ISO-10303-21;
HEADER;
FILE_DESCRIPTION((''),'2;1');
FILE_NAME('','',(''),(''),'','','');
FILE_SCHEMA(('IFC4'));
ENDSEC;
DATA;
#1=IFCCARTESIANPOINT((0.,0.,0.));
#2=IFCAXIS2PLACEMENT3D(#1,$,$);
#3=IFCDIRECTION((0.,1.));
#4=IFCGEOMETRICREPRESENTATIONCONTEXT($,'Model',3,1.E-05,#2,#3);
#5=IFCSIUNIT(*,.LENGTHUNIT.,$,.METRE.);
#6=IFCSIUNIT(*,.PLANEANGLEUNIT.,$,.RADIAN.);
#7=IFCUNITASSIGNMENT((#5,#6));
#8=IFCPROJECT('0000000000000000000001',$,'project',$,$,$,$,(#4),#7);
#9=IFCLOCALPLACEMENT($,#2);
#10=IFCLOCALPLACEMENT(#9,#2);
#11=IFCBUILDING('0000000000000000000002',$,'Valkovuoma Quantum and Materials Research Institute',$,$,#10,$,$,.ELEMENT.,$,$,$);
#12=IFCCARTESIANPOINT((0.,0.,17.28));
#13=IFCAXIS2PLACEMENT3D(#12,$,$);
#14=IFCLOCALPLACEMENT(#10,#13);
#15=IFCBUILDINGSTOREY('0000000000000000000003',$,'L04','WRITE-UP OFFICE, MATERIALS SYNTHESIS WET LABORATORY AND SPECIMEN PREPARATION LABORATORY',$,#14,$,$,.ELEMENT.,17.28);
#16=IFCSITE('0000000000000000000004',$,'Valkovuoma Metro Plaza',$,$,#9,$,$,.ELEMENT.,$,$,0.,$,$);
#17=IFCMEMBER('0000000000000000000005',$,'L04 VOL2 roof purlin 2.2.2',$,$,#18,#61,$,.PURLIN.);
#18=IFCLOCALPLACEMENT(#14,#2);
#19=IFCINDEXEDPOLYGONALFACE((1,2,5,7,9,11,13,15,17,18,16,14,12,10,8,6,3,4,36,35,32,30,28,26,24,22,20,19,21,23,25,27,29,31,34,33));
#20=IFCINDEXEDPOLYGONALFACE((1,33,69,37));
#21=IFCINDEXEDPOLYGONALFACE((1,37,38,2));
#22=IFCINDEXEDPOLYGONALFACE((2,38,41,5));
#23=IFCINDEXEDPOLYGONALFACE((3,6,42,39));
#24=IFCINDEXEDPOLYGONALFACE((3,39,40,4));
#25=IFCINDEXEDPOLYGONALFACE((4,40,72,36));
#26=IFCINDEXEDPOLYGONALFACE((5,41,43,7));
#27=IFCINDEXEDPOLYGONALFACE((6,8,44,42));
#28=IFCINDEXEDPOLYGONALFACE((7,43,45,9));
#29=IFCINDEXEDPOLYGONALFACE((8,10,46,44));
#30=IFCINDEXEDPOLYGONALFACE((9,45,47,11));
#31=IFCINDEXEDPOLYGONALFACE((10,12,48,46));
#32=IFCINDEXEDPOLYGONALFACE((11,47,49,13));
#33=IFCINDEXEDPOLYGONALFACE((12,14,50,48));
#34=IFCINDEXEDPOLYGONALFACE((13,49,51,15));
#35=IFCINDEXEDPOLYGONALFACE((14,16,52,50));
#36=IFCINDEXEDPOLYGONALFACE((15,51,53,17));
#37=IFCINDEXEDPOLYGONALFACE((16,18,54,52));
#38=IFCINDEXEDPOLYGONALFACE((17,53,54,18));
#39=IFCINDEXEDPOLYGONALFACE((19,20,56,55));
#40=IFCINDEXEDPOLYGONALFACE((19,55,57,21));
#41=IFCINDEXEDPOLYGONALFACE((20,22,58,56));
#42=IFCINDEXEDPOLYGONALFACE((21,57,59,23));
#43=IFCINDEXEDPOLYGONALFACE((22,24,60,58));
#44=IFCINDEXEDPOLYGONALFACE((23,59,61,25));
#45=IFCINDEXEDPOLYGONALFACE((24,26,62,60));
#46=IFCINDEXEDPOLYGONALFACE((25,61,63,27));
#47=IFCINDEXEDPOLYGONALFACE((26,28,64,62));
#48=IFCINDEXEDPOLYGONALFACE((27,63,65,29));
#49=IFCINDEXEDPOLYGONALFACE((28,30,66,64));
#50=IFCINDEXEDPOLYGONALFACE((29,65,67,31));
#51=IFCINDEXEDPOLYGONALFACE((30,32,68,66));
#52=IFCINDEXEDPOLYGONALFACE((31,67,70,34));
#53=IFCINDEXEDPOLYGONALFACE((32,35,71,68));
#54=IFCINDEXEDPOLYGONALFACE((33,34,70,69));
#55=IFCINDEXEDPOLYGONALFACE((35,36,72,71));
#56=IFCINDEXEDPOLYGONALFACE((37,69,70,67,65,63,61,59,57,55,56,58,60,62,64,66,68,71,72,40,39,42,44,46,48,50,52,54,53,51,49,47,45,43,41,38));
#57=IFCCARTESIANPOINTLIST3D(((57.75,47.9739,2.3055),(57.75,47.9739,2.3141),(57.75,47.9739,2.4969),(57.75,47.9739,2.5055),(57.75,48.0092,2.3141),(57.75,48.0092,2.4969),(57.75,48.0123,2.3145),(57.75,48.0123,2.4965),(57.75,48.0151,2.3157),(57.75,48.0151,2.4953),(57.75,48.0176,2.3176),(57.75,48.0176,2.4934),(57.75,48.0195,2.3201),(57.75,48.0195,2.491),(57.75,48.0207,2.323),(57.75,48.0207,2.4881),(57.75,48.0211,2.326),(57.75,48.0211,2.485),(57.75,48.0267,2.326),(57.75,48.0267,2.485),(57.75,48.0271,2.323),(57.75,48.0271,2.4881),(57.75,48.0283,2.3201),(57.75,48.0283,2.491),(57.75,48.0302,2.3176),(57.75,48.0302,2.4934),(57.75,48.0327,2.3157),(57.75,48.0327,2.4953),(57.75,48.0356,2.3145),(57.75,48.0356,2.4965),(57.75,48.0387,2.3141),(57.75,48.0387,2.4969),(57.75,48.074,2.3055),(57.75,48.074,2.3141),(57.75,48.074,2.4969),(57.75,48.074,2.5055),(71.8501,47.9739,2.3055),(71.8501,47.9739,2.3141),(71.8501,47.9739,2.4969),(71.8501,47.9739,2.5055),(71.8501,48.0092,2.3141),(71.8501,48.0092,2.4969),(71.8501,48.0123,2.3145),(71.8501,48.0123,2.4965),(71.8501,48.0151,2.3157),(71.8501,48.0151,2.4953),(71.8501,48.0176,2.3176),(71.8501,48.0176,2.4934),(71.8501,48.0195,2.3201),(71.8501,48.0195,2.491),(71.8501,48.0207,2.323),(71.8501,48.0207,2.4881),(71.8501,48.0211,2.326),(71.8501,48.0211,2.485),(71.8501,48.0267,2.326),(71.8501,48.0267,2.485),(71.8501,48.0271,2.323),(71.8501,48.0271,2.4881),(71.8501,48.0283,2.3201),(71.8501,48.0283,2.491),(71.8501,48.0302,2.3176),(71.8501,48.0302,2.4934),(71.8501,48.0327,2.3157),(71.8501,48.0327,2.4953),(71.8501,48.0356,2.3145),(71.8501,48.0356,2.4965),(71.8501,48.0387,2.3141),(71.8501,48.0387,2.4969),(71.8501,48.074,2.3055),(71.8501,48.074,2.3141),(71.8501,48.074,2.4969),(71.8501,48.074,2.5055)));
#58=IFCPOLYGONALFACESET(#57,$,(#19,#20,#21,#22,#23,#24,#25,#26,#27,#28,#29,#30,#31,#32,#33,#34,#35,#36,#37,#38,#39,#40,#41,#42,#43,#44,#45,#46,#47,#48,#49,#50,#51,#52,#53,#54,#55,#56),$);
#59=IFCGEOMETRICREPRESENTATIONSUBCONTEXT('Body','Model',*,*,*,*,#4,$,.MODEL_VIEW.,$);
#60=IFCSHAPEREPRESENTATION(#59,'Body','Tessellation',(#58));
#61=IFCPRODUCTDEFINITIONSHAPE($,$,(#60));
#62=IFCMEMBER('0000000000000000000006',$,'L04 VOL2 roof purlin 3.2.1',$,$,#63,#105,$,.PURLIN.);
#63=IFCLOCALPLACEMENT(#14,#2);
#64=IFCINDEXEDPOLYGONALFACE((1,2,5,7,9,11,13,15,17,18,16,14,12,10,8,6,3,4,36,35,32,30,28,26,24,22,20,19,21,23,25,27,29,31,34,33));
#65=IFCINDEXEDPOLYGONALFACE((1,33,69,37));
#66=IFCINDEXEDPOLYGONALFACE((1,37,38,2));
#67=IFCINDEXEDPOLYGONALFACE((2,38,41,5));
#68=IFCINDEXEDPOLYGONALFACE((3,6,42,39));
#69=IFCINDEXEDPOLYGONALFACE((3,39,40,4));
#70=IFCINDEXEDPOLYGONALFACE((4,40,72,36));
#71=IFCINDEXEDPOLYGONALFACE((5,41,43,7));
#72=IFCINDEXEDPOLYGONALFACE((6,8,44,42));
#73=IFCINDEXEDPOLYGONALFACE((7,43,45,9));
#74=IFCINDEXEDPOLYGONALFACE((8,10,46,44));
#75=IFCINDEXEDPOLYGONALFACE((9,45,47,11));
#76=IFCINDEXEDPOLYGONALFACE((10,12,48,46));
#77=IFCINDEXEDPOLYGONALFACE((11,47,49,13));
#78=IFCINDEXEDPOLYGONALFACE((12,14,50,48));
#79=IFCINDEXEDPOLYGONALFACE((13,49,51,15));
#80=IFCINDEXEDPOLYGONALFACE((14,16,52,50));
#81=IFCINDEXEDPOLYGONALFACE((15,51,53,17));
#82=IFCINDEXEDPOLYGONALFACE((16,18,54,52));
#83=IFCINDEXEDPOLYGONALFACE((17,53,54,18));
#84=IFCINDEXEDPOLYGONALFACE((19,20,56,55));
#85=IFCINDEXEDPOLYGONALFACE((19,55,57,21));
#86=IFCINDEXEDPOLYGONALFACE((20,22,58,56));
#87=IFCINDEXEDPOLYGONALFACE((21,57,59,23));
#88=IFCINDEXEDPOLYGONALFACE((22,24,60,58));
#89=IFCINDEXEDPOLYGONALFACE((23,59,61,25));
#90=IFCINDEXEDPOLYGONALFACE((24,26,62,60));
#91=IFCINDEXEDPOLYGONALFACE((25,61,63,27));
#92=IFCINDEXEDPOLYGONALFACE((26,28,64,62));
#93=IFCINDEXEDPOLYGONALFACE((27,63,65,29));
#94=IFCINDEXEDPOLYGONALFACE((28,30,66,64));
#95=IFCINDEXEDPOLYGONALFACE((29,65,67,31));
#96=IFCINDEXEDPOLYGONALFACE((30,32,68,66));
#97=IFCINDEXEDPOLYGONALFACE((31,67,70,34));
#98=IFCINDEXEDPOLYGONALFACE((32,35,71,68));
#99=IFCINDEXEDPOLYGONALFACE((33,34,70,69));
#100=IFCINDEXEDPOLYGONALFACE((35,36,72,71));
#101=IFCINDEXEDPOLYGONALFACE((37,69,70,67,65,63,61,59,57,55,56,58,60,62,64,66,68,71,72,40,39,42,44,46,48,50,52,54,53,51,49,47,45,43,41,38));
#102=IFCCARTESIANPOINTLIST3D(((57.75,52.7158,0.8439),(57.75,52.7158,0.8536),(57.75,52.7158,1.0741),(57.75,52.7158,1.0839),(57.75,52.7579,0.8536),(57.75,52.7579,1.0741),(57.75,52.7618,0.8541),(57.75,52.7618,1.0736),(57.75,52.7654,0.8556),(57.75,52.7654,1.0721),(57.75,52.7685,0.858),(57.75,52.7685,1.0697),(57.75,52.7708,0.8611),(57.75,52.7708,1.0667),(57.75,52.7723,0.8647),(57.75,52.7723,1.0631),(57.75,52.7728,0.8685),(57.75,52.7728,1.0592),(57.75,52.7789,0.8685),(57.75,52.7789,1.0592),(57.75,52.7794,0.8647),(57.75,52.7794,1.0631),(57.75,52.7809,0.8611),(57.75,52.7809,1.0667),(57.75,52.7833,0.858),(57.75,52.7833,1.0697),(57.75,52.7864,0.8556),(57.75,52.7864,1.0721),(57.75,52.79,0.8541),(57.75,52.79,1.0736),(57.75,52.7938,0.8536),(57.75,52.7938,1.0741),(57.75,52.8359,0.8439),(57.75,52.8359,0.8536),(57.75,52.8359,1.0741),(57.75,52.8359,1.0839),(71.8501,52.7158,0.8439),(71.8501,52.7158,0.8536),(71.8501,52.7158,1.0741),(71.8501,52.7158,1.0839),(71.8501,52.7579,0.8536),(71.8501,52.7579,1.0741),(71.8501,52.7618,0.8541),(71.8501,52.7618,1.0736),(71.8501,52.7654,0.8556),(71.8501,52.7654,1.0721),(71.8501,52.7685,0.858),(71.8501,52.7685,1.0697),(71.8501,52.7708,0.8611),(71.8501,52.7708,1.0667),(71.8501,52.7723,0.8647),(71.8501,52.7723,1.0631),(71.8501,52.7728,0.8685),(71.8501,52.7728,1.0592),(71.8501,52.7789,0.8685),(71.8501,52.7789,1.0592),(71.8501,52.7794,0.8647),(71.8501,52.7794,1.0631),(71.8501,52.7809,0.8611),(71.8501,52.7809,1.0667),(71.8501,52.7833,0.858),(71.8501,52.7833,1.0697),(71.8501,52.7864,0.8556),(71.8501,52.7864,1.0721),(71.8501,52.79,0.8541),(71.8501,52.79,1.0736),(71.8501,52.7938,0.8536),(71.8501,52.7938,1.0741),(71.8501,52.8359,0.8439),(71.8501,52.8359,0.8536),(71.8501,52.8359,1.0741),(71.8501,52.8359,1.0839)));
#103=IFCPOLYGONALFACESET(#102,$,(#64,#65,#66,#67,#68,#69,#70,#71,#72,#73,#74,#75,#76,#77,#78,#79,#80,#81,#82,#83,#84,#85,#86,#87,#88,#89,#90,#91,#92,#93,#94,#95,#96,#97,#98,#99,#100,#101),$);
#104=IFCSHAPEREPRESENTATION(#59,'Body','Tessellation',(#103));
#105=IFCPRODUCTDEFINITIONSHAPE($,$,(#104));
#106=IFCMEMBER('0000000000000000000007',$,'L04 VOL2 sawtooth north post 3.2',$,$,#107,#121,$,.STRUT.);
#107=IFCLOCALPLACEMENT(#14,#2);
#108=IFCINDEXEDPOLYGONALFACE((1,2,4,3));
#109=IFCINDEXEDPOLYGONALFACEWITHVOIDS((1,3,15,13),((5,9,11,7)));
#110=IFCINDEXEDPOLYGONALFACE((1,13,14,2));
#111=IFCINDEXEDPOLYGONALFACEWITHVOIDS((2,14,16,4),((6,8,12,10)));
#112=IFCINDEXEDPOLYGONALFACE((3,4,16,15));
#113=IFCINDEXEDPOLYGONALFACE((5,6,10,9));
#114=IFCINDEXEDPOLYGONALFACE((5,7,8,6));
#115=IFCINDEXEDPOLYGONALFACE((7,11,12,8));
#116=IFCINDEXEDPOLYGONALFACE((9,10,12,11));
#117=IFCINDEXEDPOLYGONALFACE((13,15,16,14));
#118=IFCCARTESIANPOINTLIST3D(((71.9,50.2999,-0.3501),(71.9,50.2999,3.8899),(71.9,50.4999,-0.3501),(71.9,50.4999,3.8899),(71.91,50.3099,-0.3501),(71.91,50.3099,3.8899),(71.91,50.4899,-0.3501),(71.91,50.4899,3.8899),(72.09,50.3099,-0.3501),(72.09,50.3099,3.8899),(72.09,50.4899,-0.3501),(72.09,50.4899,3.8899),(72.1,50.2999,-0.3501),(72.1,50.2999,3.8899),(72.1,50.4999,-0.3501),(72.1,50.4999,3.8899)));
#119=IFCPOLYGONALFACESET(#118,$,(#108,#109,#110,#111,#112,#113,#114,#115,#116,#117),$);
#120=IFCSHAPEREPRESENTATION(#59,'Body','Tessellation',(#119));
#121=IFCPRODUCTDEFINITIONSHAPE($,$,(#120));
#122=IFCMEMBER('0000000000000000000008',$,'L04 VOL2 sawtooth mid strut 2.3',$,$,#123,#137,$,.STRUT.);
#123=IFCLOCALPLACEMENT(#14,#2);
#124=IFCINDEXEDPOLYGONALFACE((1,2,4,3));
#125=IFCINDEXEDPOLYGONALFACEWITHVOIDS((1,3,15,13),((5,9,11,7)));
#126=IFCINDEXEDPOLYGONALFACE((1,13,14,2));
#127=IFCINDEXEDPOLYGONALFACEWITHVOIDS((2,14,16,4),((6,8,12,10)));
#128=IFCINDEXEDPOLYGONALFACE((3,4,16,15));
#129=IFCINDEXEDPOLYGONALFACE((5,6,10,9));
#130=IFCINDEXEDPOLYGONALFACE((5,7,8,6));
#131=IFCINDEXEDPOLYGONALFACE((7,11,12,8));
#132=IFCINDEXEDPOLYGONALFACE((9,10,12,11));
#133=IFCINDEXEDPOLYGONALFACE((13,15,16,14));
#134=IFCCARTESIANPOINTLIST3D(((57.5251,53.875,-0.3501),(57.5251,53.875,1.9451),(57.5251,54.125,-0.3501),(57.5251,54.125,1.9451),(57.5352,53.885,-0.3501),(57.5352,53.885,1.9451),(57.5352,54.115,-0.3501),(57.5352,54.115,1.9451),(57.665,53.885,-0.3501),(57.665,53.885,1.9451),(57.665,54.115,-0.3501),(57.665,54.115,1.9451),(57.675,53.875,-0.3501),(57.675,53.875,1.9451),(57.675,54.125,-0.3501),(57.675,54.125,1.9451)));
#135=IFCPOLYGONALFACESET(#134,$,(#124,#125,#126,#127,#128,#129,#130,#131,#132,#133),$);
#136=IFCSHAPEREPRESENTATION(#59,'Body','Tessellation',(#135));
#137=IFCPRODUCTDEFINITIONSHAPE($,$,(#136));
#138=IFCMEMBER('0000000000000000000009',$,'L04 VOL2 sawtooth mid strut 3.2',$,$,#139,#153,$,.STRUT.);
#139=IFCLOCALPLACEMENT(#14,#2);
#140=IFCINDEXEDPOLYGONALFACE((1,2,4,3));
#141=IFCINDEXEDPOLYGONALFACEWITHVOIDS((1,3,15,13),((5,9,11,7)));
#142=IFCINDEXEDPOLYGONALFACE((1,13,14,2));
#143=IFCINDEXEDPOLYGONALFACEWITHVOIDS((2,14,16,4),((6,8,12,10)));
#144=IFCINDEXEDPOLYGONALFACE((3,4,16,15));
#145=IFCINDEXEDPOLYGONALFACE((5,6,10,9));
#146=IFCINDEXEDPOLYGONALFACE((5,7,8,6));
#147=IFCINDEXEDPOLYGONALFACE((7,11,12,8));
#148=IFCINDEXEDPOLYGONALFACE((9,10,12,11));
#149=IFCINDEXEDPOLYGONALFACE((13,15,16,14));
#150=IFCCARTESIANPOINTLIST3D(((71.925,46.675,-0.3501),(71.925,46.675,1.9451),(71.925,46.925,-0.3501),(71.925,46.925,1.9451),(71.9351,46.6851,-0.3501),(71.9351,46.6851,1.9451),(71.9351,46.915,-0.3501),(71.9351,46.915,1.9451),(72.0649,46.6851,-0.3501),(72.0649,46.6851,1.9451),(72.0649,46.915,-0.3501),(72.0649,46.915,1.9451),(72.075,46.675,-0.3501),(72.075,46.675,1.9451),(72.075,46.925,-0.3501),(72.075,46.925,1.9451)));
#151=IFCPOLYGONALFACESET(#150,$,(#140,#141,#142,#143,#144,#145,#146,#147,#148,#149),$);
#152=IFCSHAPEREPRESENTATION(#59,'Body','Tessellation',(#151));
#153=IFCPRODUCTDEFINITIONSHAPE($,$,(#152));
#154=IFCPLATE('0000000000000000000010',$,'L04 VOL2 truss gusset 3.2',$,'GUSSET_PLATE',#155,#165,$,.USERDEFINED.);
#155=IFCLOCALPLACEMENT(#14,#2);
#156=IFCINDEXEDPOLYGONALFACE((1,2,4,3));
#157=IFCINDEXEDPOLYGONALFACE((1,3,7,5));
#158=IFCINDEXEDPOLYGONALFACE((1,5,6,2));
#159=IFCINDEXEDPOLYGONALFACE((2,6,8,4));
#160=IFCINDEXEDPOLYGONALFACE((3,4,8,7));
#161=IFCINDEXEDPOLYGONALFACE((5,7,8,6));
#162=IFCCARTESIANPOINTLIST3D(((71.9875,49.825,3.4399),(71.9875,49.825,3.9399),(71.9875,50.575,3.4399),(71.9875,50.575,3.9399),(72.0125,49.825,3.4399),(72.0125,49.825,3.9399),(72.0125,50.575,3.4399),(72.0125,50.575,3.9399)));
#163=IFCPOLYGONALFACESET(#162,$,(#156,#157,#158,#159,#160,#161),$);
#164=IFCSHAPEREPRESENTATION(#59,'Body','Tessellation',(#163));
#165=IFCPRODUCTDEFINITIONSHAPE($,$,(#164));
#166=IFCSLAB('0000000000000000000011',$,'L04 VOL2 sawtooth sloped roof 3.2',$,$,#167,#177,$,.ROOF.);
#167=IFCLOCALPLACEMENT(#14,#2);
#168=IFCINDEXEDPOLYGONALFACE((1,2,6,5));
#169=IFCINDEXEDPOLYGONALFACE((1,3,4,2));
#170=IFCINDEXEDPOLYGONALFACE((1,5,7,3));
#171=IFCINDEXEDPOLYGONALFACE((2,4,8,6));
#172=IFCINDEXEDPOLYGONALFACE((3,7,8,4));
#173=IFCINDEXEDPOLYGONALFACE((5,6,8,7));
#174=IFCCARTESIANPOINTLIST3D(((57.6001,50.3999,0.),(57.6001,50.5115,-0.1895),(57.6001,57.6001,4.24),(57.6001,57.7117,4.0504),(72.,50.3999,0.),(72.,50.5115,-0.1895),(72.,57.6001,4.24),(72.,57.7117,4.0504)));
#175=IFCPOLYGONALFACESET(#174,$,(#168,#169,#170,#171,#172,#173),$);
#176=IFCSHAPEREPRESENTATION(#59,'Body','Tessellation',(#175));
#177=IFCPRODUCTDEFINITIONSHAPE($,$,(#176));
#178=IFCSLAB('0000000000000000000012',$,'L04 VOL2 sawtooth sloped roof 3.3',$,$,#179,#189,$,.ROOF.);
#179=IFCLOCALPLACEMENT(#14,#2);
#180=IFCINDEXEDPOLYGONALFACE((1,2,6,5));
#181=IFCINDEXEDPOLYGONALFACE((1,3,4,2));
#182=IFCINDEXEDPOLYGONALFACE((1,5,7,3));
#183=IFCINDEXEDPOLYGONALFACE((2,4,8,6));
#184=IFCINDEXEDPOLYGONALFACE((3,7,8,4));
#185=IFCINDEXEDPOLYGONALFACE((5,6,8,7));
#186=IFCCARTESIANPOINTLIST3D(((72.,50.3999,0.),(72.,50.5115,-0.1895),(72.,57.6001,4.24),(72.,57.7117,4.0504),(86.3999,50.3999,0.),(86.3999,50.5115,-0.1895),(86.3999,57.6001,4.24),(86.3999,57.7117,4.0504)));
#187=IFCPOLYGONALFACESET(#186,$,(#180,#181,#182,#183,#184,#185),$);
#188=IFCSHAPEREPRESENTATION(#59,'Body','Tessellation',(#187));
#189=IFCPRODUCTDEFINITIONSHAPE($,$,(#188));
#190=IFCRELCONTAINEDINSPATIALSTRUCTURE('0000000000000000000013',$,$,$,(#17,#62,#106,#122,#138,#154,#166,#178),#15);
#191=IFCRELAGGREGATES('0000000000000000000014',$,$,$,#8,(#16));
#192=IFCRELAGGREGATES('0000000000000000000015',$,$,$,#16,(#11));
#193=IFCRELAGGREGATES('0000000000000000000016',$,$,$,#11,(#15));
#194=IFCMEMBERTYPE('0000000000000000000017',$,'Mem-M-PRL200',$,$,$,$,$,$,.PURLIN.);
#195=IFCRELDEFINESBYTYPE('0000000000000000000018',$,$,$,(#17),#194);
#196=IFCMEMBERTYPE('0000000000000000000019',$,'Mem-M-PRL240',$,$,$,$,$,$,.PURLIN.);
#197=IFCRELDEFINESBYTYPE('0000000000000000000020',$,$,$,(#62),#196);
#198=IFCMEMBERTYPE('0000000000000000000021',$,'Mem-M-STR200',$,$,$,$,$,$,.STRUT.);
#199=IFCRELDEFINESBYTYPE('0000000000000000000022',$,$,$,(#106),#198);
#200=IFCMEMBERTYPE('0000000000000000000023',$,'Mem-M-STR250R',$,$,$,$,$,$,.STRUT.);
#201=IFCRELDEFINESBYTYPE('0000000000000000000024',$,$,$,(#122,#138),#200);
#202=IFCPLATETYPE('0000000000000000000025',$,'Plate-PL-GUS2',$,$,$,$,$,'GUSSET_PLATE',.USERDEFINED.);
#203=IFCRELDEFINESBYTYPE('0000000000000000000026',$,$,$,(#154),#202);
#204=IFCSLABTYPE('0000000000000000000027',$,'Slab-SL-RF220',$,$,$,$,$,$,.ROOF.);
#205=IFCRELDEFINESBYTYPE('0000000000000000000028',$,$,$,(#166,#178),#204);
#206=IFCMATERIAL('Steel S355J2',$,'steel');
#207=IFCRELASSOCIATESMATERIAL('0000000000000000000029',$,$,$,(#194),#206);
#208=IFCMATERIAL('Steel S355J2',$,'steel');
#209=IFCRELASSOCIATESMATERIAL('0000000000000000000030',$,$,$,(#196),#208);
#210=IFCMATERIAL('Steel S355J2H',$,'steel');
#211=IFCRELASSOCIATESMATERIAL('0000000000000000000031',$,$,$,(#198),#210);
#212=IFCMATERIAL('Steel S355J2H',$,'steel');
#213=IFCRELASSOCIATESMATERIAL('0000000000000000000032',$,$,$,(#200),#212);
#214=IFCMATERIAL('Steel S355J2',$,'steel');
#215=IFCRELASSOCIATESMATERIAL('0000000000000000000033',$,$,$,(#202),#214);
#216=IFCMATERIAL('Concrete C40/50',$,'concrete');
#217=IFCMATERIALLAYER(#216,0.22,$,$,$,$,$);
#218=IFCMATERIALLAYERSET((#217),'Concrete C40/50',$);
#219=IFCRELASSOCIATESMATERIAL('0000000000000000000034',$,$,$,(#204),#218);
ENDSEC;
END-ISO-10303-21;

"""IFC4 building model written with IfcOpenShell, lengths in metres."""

from ifc_helpers import new_model, si_unit, direction, frame, origin, origin_2d, place, context, subcontext, project, spatial, polyline, rectangle, hollow_rectangle, i_section, outline, extrude, material, layer, layer_set, material_profile, profile_set, type_object, element, save


model = new_model("IFC4")

# Units and contexts
model_context = context("Model", 3, precision=1e-05, world=origin(), true_north=direction((0.0, 1.0)))
body_context = subcontext(model_context, "Body", "Model", "MODEL_VIEW")
ifc_project = project(units=[si_unit("LENGTHUNIT", "METRE"), si_unit("PLANEANGLEUNIT", "RADIAN")], contexts=[model_context])

# Site, building, storey
site_placement = place(None, origin())
site = spatial("IfcSite", under=ifc_project, at=site_placement, Name="Valkovuoma Metro Plaza", CompositionType="ELEMENT", RefElevation=0.0)
building_placement = place(site_placement, origin())
building = spatial("IfcBuilding", under=site, at=building_placement, Name="Valkovuoma Quantum and Materials Research Institute", CompositionType="ELEMENT")
storey_placement = place(building_placement, frame((0.0, 0.0, 17.28)))
storey = spatial("IfcBuildingStorey", under=building, at=storey_placement, Name="L04", Description="WRITE-UP OFFICE, MATERIALS SYNTHESIS WET LABORATORY AND SPECIMEN PREPARATION LABORATORY", CompositionType="ELEMENT", Elevation=17.28)

# Members
ifc_material_1 = material(Name="Steel S355J2", Category="steel")
ifc_material_profile_1 = material_profile(ifc_material_1, i_section(OverallWidth=0.1001, OverallDepth=0.2, WebThickness=0.0056, FlangeThickness=0.0085, FilletRadius=0.012, at=origin_2d()), Name="Steel S355J2")
ifc_profile_set_1 = profile_set([ifc_material_profile_1], Name="Steel S355J2")
member_type_1 = type_object("IfcMemberType", Name="Mem-M-PRL200", PredefinedType="PURLIN", material=ifc_profile_set_1)
member_1_placement = place(storey_placement, frame((57.75, 48.0239, 2.4055), z_axis=(1.0, 0.0, 0.0), x_axis=(0.0, 1.0, 0.0)))
element("IfcMember", 1, at=member_1_placement, inside=storey, type_object=member_type_1, Name="L04 VOL2 roof purlin 2.2.2", PredefinedType="PURLIN", context=body_context, shape_type="SweptSolid", body=[
    extrude(i_section(OverallWidth=0.1001, OverallDepth=0.2, WebThickness=0.0056, FlangeThickness=0.0085, FilletRadius=0.012, at=origin_2d()), origin(), (0.0, 0.0, 1.0), 14.1001),
])
ifc_material_2 = material(Name="Steel S355J2", Category="steel")
ifc_material_profile_2 = material_profile(ifc_material_2, i_section(OverallWidth=0.1201, OverallDepth=0.24, WebThickness=0.0061, FlangeThickness=0.0098, FilletRadius=0.0149, at=origin_2d()), Name="Steel S355J2")
ifc_profile_set_2 = profile_set([ifc_material_profile_2], Name="Steel S355J2")
member_type_2 = type_object("IfcMemberType", Name="Mem-M-PRL240", PredefinedType="PURLIN", material=ifc_profile_set_2)
member_2_placement = place(storey_placement, frame((57.75, 52.7759, 0.9639), z_axis=(1.0, 0.0, 0.0), x_axis=(0.0, 1.0, 0.0)))
element("IfcMember", 2, at=member_2_placement, inside=storey, type_object=member_type_2, Name="L04 VOL2 roof purlin 3.2.1", PredefinedType="PURLIN", context=body_context, shape_type="SweptSolid", body=[
    extrude(i_section(OverallWidth=0.1201, OverallDepth=0.24, WebThickness=0.0061, FlangeThickness=0.0098, FilletRadius=0.0149, at=origin_2d()), origin(), (0.0, 0.0, 1.0), 14.1001),
])
ifc_material_3 = material(Name="Steel S355J2H", Category="steel")
ifc_material_profile_3 = material_profile(ifc_material_3, hollow_rectangle(XDim=0.2, YDim=0.2, WallThickness=0.01, at=origin_2d()), Name="Steel S355J2H")
ifc_profile_set_3 = profile_set([ifc_material_profile_3], Name="Steel S355J2H")
member_type_3 = type_object("IfcMemberType", Name="Mem-M-STR200", PredefinedType="STRUT", material=ifc_profile_set_3)
member_3_placement = place(storey_placement, frame((72.0, 50.3999, -0.3501), z_axis=(0.0, 0.0, 1.0), x_axis=(1.0, 0.0, 0.0)))
element("IfcMember", 3, at=member_3_placement, inside=storey, type_object=member_type_3, Name="L04 VOL2 sawtooth north post 3.2", PredefinedType="STRUT", context=body_context, shape_type="SweptSolid", body=[
    extrude(hollow_rectangle(XDim=0.2, YDim=0.2, WallThickness=0.01, at=origin_2d()), origin(), (0.0, 0.0, 1.0), 4.24),
])
ifc_material_4 = material(Name="Steel S355J2H", Category="steel")
ifc_material_profile_4 = material_profile(ifc_material_4, hollow_rectangle(XDim=0.1499, YDim=0.25, WallThickness=0.01, at=origin_2d()), Name="Steel S355J2H")
ifc_profile_set_4 = profile_set([ifc_material_profile_4], Name="Steel S355J2H")
member_type_4 = type_object("IfcMemberType", Name="Mem-M-STR250R", PredefinedType="STRUT", material=ifc_profile_set_4)
for number, where, z_axis, x_axis, name in (
    (4, (57.6001, 54.0, -0.3501), (0.0, 0.0, 1.0), (1.0, 0.0, 0.0), "L04 VOL2 sawtooth mid strut 2.3"),
    (5, (72.0, 46.8, -0.3501), (0.0, 0.0, 1.0), (1.0, 0.0, 0.0), "L04 VOL2 sawtooth mid strut 3.2"),
):
    element("IfcMember", number, at=place(storey_placement, frame(where, z_axis=z_axis, x_axis=x_axis)), inside=storey, type_object=member_type_4, Name=name, PredefinedType="STRUT", context=body_context, shape_type="SweptSolid", body=[
        extrude(hollow_rectangle(XDim=0.1499, YDim=0.25, WallThickness=0.01, at=origin_2d()), origin(), (0.0, 0.0, 1.0), 2.2952),
    ])

# Plate
ifc_material_5 = material(Name="Steel S355J2", Category="steel")
plate_type = type_object("IfcPlateType", Name="Plate-PL-GUS2", ElementType="GUSSET_PLATE", PredefinedType="USERDEFINED", material=ifc_material_5)
plate_placement = place(storey_placement, frame((72.0, 50.2, 3.4399), z_axis=(0.0, 0.0, 1.0), x_axis=(0.0, 1.0, 0.0)))
element("IfcPlate", 6, at=plate_placement, inside=storey, type_object=plate_type, Name="L04 VOL2 truss gusset 3.2", ObjectType="GUSSET_PLATE", PredefinedType="USERDEFINED", context=body_context, shape_type="SweptSolid", body=[
    extrude(rectangle(XDim=0.75, YDim=0.0249, at=origin_2d()), origin(), (0.0, 0.0, 1.0), 0.5),
])

# Slabs
ifc_material_6 = material(Name="Concrete C40/50", Category="concrete")
ifc_layer = layer(ifc_material_6, 0.22)
ifc_layer_set = layer_set([ifc_layer], Name="Concrete C40/50")
slab_type = type_object("IfcSlabType", Name="Slab-SL-RF220", PredefinedType="ROOF", material=ifc_layer_set)
for number, where, z_axis, x_axis, name in (
    (7, (57.6001, 50.3999, 0.0), (0.0, -0.507427, 0.861695), (1.0, 0.0, 0.0), "L04 VOL2 sawtooth sloped roof 3.2"),
    (8, (72.0, 50.3999, 0.0), (0.0, -0.507427, 0.861695), (1.0, 0.0, 0.0), "L04 VOL2 sawtooth sloped roof 3.3"),
):
    element("IfcSlab", number, at=place(storey_placement, frame(where, z_axis=z_axis, x_axis=x_axis)), inside=storey, type_object=slab_type, Name=name, PredefinedType="ROOF", context=body_context, shape_type="SweptSolid", body=[
        extrude(outline(polyline([(0.0, 0.0), (14.3999, 0.0), (14.3999, 8.3559), (0.0, 8.3559), (0.0, 0.0)])), origin(), (0.0, 0.0, -1.0), 0.22),
    ])

save(model, "model.ifc")
